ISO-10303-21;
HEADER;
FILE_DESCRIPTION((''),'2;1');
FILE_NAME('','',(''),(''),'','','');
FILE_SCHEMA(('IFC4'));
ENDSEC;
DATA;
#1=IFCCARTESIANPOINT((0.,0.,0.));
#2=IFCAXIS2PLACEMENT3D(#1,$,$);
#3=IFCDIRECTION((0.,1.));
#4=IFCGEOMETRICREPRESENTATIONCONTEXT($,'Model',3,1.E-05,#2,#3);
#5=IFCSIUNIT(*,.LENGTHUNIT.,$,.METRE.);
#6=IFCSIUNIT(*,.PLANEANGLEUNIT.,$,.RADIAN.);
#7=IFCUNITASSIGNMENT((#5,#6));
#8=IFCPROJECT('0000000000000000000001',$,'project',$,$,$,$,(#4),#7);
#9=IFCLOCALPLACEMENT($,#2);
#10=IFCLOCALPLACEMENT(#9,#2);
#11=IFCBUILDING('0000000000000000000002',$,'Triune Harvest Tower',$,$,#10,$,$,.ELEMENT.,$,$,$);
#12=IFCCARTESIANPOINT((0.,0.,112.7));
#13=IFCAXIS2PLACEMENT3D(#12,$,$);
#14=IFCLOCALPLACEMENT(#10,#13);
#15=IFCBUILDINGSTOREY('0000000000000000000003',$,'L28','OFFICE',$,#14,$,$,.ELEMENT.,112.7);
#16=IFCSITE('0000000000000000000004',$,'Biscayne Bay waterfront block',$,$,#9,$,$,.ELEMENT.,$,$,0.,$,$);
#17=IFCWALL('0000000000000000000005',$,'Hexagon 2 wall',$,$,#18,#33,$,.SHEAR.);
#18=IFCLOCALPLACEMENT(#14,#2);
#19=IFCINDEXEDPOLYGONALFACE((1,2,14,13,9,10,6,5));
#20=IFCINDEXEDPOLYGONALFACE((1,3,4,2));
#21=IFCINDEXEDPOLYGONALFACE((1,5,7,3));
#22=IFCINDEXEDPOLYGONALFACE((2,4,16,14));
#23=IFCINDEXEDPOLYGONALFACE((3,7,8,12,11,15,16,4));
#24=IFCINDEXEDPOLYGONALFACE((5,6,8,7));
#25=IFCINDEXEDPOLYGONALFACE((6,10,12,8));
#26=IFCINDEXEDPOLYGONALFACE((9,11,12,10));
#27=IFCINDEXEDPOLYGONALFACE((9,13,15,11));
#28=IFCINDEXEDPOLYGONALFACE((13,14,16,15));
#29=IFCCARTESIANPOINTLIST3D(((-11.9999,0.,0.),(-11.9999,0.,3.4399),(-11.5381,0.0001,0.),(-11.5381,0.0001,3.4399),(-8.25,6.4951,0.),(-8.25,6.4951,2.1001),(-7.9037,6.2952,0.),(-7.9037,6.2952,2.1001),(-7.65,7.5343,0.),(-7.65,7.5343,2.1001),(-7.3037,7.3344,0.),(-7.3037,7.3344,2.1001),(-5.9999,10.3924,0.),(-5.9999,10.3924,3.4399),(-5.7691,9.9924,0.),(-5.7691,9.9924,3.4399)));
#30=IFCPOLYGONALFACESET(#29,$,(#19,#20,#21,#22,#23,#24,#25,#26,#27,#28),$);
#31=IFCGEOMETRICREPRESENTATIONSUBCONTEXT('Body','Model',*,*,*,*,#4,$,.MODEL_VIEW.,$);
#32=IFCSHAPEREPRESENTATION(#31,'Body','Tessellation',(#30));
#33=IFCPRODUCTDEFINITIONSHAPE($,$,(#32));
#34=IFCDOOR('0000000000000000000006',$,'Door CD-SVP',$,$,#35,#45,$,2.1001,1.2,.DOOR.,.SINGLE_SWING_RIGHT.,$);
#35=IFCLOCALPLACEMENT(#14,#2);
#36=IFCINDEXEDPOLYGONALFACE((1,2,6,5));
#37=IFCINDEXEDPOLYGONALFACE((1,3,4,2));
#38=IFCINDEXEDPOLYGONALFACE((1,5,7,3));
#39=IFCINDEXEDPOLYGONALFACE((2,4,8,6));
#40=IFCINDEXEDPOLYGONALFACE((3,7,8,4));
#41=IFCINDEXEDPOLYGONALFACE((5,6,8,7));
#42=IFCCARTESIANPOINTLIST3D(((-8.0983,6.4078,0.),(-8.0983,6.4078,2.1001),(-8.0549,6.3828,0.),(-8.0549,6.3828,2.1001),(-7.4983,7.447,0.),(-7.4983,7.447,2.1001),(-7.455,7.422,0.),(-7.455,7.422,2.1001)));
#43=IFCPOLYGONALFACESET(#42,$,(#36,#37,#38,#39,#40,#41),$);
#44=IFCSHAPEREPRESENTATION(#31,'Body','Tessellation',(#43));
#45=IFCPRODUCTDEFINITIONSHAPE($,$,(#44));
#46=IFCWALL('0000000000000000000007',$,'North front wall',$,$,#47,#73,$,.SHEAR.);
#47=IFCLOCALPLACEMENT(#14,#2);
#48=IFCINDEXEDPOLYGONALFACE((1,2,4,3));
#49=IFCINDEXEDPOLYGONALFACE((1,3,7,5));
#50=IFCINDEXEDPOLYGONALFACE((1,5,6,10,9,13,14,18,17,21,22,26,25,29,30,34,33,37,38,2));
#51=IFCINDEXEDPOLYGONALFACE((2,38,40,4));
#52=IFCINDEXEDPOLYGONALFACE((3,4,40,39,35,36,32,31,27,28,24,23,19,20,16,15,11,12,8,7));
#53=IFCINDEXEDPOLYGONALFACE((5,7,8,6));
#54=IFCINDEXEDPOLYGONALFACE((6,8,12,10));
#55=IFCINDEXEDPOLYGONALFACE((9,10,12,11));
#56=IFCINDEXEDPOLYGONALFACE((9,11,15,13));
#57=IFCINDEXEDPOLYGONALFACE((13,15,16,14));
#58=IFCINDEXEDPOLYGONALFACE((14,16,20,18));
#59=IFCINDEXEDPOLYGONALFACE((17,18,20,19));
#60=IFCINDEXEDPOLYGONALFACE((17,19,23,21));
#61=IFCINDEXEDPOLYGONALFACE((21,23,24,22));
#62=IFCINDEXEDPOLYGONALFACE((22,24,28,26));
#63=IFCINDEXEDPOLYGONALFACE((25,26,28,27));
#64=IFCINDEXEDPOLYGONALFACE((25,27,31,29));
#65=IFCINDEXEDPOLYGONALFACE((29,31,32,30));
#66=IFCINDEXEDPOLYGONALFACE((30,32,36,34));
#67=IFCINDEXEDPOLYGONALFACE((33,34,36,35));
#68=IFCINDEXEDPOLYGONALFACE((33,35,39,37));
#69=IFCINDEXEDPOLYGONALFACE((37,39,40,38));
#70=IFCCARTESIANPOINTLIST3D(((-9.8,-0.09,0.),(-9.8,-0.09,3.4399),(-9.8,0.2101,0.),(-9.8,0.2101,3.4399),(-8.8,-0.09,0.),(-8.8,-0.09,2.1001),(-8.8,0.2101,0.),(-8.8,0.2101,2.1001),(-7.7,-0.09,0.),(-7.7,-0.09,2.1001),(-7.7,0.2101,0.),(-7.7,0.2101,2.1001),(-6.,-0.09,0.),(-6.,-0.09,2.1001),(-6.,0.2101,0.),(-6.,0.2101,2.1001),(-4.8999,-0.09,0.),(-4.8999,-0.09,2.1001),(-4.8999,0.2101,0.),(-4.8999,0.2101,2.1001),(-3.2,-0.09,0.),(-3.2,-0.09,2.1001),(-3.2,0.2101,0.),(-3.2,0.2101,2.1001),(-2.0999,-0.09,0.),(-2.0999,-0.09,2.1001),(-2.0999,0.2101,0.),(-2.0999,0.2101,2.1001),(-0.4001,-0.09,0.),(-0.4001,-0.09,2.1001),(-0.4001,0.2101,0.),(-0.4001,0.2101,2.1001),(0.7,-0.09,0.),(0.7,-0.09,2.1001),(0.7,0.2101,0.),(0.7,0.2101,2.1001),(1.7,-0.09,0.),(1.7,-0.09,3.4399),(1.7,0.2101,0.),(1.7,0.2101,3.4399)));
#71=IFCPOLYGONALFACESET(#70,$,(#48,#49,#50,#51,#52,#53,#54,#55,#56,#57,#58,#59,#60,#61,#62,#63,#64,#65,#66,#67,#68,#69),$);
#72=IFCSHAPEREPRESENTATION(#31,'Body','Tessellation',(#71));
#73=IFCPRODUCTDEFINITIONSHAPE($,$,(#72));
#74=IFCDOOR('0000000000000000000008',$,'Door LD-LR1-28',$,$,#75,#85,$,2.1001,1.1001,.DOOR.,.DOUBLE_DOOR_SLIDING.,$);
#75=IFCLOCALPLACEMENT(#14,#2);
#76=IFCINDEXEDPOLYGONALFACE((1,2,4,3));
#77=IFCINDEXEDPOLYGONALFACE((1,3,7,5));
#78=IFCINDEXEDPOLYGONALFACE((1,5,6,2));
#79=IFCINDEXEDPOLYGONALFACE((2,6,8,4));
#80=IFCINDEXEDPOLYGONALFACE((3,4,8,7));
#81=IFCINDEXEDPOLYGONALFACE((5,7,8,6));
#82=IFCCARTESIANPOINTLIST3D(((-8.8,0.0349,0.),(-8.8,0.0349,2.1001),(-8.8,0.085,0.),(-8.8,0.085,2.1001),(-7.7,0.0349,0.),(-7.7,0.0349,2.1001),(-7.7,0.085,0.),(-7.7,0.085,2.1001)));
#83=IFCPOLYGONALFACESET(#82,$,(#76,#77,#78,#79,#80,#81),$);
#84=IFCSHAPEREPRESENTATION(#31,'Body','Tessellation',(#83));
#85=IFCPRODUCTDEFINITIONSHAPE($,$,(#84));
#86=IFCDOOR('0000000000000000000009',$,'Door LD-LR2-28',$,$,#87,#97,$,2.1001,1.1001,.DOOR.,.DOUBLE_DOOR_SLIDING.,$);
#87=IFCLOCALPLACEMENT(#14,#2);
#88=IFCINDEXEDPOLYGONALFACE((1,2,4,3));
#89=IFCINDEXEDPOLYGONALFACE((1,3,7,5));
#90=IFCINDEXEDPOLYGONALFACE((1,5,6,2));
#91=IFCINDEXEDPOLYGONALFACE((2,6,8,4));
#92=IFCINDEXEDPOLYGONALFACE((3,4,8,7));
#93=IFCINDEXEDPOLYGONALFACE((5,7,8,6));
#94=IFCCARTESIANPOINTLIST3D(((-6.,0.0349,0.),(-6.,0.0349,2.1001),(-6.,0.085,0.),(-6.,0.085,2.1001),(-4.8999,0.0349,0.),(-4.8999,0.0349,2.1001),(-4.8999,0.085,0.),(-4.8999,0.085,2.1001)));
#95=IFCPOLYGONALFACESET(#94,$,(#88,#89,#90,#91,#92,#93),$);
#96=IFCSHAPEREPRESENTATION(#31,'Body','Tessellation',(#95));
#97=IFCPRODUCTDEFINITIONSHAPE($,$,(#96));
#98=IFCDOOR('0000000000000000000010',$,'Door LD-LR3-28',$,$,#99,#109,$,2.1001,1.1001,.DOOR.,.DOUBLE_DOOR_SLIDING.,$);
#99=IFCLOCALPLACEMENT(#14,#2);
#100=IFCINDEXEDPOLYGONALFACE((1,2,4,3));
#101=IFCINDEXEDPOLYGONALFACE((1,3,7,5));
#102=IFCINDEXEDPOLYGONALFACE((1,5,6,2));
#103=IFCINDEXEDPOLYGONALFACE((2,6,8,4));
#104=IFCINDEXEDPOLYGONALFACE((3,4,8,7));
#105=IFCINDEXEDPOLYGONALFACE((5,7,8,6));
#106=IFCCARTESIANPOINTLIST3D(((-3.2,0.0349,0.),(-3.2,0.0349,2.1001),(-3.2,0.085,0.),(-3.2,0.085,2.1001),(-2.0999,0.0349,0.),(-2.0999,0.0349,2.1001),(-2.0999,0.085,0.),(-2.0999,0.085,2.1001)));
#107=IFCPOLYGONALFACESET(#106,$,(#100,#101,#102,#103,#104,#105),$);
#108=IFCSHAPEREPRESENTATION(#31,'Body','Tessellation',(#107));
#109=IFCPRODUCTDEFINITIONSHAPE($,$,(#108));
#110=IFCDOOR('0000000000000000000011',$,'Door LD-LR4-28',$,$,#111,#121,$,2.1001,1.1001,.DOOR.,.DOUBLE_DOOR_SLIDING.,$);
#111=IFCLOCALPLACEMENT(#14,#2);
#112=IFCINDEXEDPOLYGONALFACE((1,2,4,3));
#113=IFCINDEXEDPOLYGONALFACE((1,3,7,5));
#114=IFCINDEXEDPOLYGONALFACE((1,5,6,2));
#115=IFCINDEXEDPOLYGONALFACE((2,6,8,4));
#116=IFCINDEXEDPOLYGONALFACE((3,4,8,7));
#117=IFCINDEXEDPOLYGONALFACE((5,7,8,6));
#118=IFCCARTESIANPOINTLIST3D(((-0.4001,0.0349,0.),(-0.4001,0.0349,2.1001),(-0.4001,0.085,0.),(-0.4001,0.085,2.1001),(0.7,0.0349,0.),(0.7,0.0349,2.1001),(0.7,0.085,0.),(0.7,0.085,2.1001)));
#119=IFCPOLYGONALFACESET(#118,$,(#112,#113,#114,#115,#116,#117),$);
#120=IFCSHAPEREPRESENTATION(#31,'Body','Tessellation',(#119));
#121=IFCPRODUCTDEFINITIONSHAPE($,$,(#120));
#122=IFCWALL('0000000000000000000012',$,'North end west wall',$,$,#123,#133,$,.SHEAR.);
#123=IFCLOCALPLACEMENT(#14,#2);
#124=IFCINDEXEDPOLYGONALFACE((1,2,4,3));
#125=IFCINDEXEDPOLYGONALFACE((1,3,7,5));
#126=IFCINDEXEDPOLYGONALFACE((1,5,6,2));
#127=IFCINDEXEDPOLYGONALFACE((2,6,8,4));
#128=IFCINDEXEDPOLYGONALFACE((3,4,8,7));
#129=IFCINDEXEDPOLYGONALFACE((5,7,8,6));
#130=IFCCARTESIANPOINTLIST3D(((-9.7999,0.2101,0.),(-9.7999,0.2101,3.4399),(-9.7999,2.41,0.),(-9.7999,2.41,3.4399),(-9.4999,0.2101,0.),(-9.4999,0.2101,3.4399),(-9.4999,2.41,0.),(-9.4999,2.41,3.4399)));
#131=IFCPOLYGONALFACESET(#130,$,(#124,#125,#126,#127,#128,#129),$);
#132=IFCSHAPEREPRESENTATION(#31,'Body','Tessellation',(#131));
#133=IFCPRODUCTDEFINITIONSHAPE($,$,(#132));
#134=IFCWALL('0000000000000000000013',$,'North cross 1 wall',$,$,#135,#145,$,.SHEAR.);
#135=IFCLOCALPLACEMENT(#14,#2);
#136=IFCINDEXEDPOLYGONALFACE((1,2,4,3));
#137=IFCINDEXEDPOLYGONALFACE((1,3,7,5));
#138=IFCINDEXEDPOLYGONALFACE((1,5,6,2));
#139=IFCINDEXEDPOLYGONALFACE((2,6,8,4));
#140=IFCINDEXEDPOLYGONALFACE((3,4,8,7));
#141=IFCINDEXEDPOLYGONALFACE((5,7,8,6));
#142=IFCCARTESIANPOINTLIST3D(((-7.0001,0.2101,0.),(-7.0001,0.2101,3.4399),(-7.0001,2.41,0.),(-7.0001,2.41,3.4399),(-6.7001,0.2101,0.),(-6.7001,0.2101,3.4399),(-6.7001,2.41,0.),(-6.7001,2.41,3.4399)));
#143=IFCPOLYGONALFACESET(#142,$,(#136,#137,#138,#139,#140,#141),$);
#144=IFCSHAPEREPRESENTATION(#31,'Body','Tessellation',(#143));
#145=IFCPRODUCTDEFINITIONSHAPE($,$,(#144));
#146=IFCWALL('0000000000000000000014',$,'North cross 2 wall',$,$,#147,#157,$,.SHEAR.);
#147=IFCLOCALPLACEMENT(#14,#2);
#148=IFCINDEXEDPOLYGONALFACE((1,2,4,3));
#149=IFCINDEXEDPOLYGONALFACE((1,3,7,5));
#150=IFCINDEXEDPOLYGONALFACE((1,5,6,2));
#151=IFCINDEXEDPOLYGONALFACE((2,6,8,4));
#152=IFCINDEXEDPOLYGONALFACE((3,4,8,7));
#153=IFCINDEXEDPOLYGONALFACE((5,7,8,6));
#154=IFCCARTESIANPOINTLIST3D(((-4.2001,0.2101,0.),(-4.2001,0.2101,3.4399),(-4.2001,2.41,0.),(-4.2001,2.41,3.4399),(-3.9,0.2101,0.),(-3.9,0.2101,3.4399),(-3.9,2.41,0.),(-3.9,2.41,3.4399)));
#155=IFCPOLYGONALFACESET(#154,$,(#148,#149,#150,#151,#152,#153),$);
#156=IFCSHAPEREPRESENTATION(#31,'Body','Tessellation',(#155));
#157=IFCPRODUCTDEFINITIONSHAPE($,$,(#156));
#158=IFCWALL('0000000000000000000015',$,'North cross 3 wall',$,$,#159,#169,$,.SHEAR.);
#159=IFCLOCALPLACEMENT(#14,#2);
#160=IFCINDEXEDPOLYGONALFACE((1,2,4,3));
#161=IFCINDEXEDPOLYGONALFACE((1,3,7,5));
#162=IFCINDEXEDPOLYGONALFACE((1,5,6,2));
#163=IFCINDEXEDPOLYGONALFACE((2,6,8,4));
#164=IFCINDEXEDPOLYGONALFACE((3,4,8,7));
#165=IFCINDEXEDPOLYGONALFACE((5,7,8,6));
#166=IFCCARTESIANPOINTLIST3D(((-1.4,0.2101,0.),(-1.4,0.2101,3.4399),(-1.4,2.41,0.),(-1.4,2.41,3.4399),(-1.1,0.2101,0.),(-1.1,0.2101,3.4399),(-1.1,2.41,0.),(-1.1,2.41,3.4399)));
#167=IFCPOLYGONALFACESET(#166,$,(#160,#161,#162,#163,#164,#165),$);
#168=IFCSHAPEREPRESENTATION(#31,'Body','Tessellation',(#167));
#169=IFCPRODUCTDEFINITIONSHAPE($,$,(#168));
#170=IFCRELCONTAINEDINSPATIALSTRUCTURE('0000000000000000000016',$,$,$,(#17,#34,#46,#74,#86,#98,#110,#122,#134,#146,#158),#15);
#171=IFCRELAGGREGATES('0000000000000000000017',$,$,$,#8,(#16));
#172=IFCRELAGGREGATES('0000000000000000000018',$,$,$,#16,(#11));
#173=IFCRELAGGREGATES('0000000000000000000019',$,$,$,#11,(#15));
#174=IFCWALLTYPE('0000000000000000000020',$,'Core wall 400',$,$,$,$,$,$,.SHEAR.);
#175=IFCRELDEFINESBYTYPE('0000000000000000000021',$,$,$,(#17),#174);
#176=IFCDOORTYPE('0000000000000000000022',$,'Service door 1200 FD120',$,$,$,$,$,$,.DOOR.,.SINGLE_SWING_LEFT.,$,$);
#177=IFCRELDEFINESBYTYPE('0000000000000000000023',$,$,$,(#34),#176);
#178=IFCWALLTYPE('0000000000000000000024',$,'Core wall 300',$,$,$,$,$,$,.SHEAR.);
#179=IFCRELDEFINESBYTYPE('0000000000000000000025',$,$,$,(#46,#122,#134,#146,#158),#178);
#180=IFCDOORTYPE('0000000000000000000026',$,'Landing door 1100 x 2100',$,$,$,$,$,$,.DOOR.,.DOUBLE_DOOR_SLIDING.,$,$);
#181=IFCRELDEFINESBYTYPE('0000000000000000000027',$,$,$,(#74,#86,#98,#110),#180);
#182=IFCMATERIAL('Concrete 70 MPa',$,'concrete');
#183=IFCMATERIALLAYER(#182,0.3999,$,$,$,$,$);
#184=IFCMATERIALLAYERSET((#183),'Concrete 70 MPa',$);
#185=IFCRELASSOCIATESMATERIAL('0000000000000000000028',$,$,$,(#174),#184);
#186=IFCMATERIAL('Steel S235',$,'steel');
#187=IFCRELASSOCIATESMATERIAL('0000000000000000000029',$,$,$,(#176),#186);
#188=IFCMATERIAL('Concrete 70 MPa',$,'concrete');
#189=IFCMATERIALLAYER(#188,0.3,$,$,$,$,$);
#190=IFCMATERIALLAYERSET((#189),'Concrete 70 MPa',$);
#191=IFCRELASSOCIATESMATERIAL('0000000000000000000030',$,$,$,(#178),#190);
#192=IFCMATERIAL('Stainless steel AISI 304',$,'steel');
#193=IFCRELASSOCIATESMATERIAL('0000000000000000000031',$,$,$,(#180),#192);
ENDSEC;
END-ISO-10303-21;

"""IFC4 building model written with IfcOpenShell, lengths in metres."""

from ifc_helpers import new_model, si_unit, direction, frame, frame_2d, origin, place, context, subcontext, project, spatial, polyline, rectangle, outline, extrude, source, transform, mapped, material, layer, layer_set, type_object, element, fill, save


model = new_model("IFC4")

# Units and contexts
model_context = context("Model", 3, precision=1e-05, world=origin(), true_north=direction((0.0, 1.0)))
body_context = subcontext(model_context, "Body", "Model", "MODEL_VIEW")
ifc_project = project(units=[si_unit("LENGTHUNIT", "METRE"), si_unit("PLANEANGLEUNIT", "RADIAN")], contexts=[model_context])

# Site, building, storey
site_placement = place(None, origin())
site = spatial("IfcSite", under=ifc_project, at=site_placement, Name="Biscayne Bay waterfront block", CompositionType="ELEMENT", RefElevation=0.0)
building_placement = place(site_placement, origin())
building = spatial("IfcBuilding", under=site, at=building_placement, Name="Triune Harvest Tower", CompositionType="ELEMENT")
storey_placement = place(building_placement, frame((0.0, 0.0, 112.7)))
storey = spatial("IfcBuildingStorey", under=building, at=storey_placement, Name="L28", Description="OFFICE", CompositionType="ELEMENT", Elevation=112.7)

# Wall, opening, door
ifc_material_1 = material(Name="Concrete 70 MPa", Category="concrete")
ifc_layer_1 = layer(ifc_material_1, 0.3999)
ifc_layer_set_1 = layer_set([ifc_layer_1], Name="Concrete 70 MPa")
wall_type_1 = type_object("IfcWallType", Name="Core wall 400", PredefinedType="SHEAR", material=ifc_layer_set_1)
shared_shape_1 = source(origin(), body_context, "Body", "SweptSolid", [
    extrude(outline(polyline([(-0.1155, -0.2), (11.8845, -0.2), (11.6536, 0.2), (0.1155, 0.2), (-0.1155, -0.2)])), origin(), (0.0, 0.0, 1.0), 3.4399),
])
wall_1_placement = place(storey_placement, frame((-5.8845, 10.1924, 0.0), z_axis=(0.0, 0.0, 1.0), x_axis=(-0.499997, -0.866027, 0.0)))
wall_1 = element("IfcWall", 1, at=wall_1_placement, inside=storey, type_object=wall_type_1, Name="Hexagon 2 wall", PredefinedType="SHEAR", context=body_context, shape_type="MappedRepresentation", body=[
    mapped(shared_shape_1, transform((0.0, 0.0, 0.0), scale=1.0)),
])
opening_1_placement = place(wall_1_placement, frame((3.1846, 0.0, 0.0)))
opening_1 = element("IfcOpeningElement", 2, at=opening_1_placement, cuts=wall_1, PredefinedType="OPENING", context=body_context, shape_type="SweptSolid", body=[
    extrude(rectangle(XDim=1.2, YDim=2.1001, at=frame_2d((0.6001, 1.05))), frame((0.0, 0.21, 0.0), z_axis=(0.0, -1.0, 0.0), x_axis=(1.0, 0.0, 0.0)), (0.0, 0.0, 1.0), 0.4199),
])
ifc_material_2 = material(Name="Steel S235", Category="steel")
door_type_1 = type_object("IfcDoorType", Name="Service door 1200 FD120", OperationType="SINGLE_SWING_LEFT", PredefinedType="DOOR", material=ifc_material_2)
door_1_placement = place(opening_1_placement, frame((1.2, 0.0, 0.0), z_axis=(0.0, 0.0, 1.0), x_axis=(-1.0, 0.0, 0.0)))
door_1 = element("IfcDoor", 3, at=door_1_placement, inside=storey, type_object=door_type_1, Name="Door CD-SVP", OperationType="SINGLE_SWING_RIGHT", OverallHeight=2.1001, OverallWidth=1.2, PredefinedType="DOOR", context=body_context, shape_type="SweptSolid", body=[
    extrude(rectangle(XDim=1.2, YDim=2.1001, at=frame_2d((0.6001, 1.05))), frame((0.0, 0.0249, 0.0), z_axis=(0.0, -1.0, 0.0), x_axis=(1.0, 0.0, 0.0)), (0.0, 0.0, 1.0), 0.05),
])
fill(opening_1, door_1)

# Wall, openings, doors
ifc_material_3 = material(Name="Concrete 70 MPa", Category="concrete")
ifc_layer_2 = layer(ifc_material_3, 0.3)
ifc_layer_set_2 = layer_set([ifc_layer_2], Name="Concrete 70 MPa")
wall_type_2 = type_object("IfcWallType", Name="Core wall 300", PredefinedType="SHEAR", material=ifc_layer_set_2)
shared_shape_2 = source(origin(), body_context, "Body", "SweptSolid", [
    extrude(rectangle(XDim=11.5, YDim=0.3, at=frame_2d((5.75, 0.0))), origin(), (0.0, 0.0, 1.0), 3.4399),
])
wall_2_placement = place(storey_placement, frame((-9.8, 0.0601, 0.0), z_axis=(0.0, 0.0, 1.0), x_axis=(1.0, 0.0, 0.0)))
wall_2 = element("IfcWall", 4, at=wall_2_placement, inside=storey, type_object=wall_type_2, Name="North front wall", PredefinedType="SHEAR", context=body_context, shape_type="MappedRepresentation", body=[
    mapped(shared_shape_2, transform((0.0, 0.0, 0.0), scale=1.0)),
])
opening_2_placement = place(wall_2_placement, frame((1.0, 0.0, 0.0)))
opening_2 = element("IfcOpeningElement", 5, at=opening_2_placement, cuts=wall_2, PredefinedType="OPENING", context=body_context, shape_type="SweptSolid", body=[
    extrude(rectangle(XDim=1.1001, YDim=2.1001, at=frame_2d((0.55, 1.05))), frame((0.0, 0.1602, 0.0), z_axis=(0.0, -1.0, 0.0), x_axis=(1.0, 0.0, 0.0)), (0.0, 0.0, 1.0), 0.3201),
])
opening_3_placement = place(wall_2_placement, frame((3.8, 0.0, 0.0)))
opening_3 = element("IfcOpeningElement", 6, at=opening_3_placement, cuts=wall_2, PredefinedType="OPENING", context=body_context, shape_type="SweptSolid", body=[
    extrude(rectangle(XDim=1.1001, YDim=2.1001, at=frame_2d((0.55, 1.05))), frame((0.0, 0.1602, 0.0), z_axis=(0.0, -1.0, 0.0), x_axis=(1.0, 0.0, 0.0)), (0.0, 0.0, 1.0), 0.3201),
])
opening_4_placement = place(wall_2_placement, frame((6.6001, 0.0, 0.0)))
opening_4 = element("IfcOpeningElement", 7, at=opening_4_placement, cuts=wall_2, PredefinedType="OPENING", context=body_context, shape_type="SweptSolid", body=[
    extrude(rectangle(XDim=1.1001, YDim=2.1001, at=frame_2d((0.55, 1.05))), frame((0.0, 0.1602, 0.0), z_axis=(0.0, -1.0, 0.0), x_axis=(1.0, 0.0, 0.0)), (0.0, 0.0, 1.0), 0.3201),
])
opening_5_placement = place(wall_2_placement, frame((9.3999, 0.0, 0.0)))
opening_5 = element("IfcOpeningElement", 8, at=opening_5_placement, cuts=wall_2, PredefinedType="OPENING", context=body_context, shape_type="SweptSolid", body=[
    extrude(rectangle(XDim=1.1001, YDim=2.1001, at=frame_2d((0.55, 1.05))), frame((0.0, 0.1602, 0.0), z_axis=(0.0, -1.0, 0.0), x_axis=(1.0, 0.0, 0.0)), (0.0, 0.0, 1.0), 0.3201),
])
ifc_material_4 = material(Name="Stainless steel AISI 304", Category="steel")
door_type_2 = type_object("IfcDoorType", Name="Landing door 1100 x 2100", OperationType="DOUBLE_DOOR_SLIDING", PredefinedType="DOOR", material=ifc_material_4)
door_2_placement = place(opening_2_placement, origin())
door_2 = element("IfcDoor", 9, at=door_2_placement, inside=storey, type_object=door_type_2, Name="Door LD-LR1-28", OperationType="DOUBLE_DOOR_SLIDING", OverallHeight=2.1001, OverallWidth=1.1001, PredefinedType="DOOR", context=body_context, shape_type="SweptSolid", body=[
    extrude(rectangle(XDim=1.1001, YDim=2.1001, at=frame_2d((0.55, 1.05))), frame((0.0, 0.0249, 0.0), z_axis=(0.0, -1.0, 0.0), x_axis=(1.0, 0.0, 0.0)), (0.0, 0.0, 1.0), 0.05),
])
fill(opening_2, door_2)
door_3_placement = place(opening_3_placement, origin())
door_3 = element("IfcDoor", 10, at=door_3_placement, inside=storey, type_object=door_type_2, Name="Door LD-LR2-28", OperationType="DOUBLE_DOOR_SLIDING", OverallHeight=2.1001, OverallWidth=1.1001, PredefinedType="DOOR", context=body_context, shape_type="SweptSolid", body=[
    extrude(rectangle(XDim=1.1001, YDim=2.1001, at=frame_2d((0.55, 1.05))), frame((0.0, 0.0249, 0.0), z_axis=(0.0, -1.0, 0.0), x_axis=(1.0, 0.0, 0.0)), (0.0, 0.0, 1.0), 0.05),
])
fill(opening_3, door_3)
door_4_placement = place(opening_4_placement, origin())
door_4 = element("IfcDoor", 11, at=door_4_placement, inside=storey, type_object=door_type_2, Name="Door LD-LR3-28", OperationType="DOUBLE_DOOR_SLIDING", OverallHeight=2.1001, OverallWidth=1.1001, PredefinedType="DOOR", context=body_context, shape_type="SweptSolid", body=[
    extrude(rectangle(XDim=1.1001, YDim=2.1001, at=frame_2d((0.55, 1.05))), frame((0.0, 0.0249, 0.0), z_axis=(0.0, -1.0, 0.0), x_axis=(1.0, 0.0, 0.0)), (0.0, 0.0, 1.0), 0.05),
])
fill(opening_4, door_4)
door_5_placement = place(opening_5_placement, origin())
door_5 = element("IfcDoor", 12, at=door_5_placement, inside=storey, type_object=door_type_2, Name="Door LD-LR4-28", OperationType="DOUBLE_DOOR_SLIDING", OverallHeight=2.1001, OverallWidth=1.1001, PredefinedType="DOOR", context=body_context, shape_type="SweptSolid", body=[
    extrude(rectangle(XDim=1.1001, YDim=2.1001, at=frame_2d((0.55, 1.05))), frame((0.0, 0.0249, 0.0), z_axis=(0.0, -1.0, 0.0), x_axis=(1.0, 0.0, 0.0)), (0.0, 0.0, 1.0), 0.05),
])
fill(opening_5, door_5)

# Walls
shared_shape_3 = source(origin(), body_context, "Body", "SweptSolid", [
    extrude(rectangle(XDim=2.2, YDim=0.3, at=frame_2d((1.1001, 0.0))), origin(), (0.0, 0.0, 1.0), 3.4399),
])
for number, where, z_axis, x_axis, name in (
    (13, (-9.6499, 0.21, 0.0), (0.0, 0.0, 1.0), (0.0, 1.0, 0.0), "North end west wall"),
    (14, (-6.8501, 0.21, 0.0), (0.0, 0.0, 1.0), (0.0, 1.0, 0.0), "North cross 1 wall"),
    (15, (-4.05, 0.21, 0.0), (0.0, 0.0, 1.0), (0.0, 1.0, 0.0), "North cross 2 wall"),
    (16, (-1.25, 0.21, 0.0), (0.0, 0.0, 1.0), (0.0, 1.0, 0.0), "North cross 3 wall"),
):
    element("IfcWall", number, at=place(storey_placement, frame(where, z_axis=z_axis, x_axis=x_axis)), inside=storey, type_object=wall_type_2, Name=name, PredefinedType="SHEAR", context=body_context, shape_type="MappedRepresentation", body=[
        mapped(shared_shape_3, transform((0.0, 0.0, 0.0), scale=1.0)),
    ])

save(model, "model.ifc")
